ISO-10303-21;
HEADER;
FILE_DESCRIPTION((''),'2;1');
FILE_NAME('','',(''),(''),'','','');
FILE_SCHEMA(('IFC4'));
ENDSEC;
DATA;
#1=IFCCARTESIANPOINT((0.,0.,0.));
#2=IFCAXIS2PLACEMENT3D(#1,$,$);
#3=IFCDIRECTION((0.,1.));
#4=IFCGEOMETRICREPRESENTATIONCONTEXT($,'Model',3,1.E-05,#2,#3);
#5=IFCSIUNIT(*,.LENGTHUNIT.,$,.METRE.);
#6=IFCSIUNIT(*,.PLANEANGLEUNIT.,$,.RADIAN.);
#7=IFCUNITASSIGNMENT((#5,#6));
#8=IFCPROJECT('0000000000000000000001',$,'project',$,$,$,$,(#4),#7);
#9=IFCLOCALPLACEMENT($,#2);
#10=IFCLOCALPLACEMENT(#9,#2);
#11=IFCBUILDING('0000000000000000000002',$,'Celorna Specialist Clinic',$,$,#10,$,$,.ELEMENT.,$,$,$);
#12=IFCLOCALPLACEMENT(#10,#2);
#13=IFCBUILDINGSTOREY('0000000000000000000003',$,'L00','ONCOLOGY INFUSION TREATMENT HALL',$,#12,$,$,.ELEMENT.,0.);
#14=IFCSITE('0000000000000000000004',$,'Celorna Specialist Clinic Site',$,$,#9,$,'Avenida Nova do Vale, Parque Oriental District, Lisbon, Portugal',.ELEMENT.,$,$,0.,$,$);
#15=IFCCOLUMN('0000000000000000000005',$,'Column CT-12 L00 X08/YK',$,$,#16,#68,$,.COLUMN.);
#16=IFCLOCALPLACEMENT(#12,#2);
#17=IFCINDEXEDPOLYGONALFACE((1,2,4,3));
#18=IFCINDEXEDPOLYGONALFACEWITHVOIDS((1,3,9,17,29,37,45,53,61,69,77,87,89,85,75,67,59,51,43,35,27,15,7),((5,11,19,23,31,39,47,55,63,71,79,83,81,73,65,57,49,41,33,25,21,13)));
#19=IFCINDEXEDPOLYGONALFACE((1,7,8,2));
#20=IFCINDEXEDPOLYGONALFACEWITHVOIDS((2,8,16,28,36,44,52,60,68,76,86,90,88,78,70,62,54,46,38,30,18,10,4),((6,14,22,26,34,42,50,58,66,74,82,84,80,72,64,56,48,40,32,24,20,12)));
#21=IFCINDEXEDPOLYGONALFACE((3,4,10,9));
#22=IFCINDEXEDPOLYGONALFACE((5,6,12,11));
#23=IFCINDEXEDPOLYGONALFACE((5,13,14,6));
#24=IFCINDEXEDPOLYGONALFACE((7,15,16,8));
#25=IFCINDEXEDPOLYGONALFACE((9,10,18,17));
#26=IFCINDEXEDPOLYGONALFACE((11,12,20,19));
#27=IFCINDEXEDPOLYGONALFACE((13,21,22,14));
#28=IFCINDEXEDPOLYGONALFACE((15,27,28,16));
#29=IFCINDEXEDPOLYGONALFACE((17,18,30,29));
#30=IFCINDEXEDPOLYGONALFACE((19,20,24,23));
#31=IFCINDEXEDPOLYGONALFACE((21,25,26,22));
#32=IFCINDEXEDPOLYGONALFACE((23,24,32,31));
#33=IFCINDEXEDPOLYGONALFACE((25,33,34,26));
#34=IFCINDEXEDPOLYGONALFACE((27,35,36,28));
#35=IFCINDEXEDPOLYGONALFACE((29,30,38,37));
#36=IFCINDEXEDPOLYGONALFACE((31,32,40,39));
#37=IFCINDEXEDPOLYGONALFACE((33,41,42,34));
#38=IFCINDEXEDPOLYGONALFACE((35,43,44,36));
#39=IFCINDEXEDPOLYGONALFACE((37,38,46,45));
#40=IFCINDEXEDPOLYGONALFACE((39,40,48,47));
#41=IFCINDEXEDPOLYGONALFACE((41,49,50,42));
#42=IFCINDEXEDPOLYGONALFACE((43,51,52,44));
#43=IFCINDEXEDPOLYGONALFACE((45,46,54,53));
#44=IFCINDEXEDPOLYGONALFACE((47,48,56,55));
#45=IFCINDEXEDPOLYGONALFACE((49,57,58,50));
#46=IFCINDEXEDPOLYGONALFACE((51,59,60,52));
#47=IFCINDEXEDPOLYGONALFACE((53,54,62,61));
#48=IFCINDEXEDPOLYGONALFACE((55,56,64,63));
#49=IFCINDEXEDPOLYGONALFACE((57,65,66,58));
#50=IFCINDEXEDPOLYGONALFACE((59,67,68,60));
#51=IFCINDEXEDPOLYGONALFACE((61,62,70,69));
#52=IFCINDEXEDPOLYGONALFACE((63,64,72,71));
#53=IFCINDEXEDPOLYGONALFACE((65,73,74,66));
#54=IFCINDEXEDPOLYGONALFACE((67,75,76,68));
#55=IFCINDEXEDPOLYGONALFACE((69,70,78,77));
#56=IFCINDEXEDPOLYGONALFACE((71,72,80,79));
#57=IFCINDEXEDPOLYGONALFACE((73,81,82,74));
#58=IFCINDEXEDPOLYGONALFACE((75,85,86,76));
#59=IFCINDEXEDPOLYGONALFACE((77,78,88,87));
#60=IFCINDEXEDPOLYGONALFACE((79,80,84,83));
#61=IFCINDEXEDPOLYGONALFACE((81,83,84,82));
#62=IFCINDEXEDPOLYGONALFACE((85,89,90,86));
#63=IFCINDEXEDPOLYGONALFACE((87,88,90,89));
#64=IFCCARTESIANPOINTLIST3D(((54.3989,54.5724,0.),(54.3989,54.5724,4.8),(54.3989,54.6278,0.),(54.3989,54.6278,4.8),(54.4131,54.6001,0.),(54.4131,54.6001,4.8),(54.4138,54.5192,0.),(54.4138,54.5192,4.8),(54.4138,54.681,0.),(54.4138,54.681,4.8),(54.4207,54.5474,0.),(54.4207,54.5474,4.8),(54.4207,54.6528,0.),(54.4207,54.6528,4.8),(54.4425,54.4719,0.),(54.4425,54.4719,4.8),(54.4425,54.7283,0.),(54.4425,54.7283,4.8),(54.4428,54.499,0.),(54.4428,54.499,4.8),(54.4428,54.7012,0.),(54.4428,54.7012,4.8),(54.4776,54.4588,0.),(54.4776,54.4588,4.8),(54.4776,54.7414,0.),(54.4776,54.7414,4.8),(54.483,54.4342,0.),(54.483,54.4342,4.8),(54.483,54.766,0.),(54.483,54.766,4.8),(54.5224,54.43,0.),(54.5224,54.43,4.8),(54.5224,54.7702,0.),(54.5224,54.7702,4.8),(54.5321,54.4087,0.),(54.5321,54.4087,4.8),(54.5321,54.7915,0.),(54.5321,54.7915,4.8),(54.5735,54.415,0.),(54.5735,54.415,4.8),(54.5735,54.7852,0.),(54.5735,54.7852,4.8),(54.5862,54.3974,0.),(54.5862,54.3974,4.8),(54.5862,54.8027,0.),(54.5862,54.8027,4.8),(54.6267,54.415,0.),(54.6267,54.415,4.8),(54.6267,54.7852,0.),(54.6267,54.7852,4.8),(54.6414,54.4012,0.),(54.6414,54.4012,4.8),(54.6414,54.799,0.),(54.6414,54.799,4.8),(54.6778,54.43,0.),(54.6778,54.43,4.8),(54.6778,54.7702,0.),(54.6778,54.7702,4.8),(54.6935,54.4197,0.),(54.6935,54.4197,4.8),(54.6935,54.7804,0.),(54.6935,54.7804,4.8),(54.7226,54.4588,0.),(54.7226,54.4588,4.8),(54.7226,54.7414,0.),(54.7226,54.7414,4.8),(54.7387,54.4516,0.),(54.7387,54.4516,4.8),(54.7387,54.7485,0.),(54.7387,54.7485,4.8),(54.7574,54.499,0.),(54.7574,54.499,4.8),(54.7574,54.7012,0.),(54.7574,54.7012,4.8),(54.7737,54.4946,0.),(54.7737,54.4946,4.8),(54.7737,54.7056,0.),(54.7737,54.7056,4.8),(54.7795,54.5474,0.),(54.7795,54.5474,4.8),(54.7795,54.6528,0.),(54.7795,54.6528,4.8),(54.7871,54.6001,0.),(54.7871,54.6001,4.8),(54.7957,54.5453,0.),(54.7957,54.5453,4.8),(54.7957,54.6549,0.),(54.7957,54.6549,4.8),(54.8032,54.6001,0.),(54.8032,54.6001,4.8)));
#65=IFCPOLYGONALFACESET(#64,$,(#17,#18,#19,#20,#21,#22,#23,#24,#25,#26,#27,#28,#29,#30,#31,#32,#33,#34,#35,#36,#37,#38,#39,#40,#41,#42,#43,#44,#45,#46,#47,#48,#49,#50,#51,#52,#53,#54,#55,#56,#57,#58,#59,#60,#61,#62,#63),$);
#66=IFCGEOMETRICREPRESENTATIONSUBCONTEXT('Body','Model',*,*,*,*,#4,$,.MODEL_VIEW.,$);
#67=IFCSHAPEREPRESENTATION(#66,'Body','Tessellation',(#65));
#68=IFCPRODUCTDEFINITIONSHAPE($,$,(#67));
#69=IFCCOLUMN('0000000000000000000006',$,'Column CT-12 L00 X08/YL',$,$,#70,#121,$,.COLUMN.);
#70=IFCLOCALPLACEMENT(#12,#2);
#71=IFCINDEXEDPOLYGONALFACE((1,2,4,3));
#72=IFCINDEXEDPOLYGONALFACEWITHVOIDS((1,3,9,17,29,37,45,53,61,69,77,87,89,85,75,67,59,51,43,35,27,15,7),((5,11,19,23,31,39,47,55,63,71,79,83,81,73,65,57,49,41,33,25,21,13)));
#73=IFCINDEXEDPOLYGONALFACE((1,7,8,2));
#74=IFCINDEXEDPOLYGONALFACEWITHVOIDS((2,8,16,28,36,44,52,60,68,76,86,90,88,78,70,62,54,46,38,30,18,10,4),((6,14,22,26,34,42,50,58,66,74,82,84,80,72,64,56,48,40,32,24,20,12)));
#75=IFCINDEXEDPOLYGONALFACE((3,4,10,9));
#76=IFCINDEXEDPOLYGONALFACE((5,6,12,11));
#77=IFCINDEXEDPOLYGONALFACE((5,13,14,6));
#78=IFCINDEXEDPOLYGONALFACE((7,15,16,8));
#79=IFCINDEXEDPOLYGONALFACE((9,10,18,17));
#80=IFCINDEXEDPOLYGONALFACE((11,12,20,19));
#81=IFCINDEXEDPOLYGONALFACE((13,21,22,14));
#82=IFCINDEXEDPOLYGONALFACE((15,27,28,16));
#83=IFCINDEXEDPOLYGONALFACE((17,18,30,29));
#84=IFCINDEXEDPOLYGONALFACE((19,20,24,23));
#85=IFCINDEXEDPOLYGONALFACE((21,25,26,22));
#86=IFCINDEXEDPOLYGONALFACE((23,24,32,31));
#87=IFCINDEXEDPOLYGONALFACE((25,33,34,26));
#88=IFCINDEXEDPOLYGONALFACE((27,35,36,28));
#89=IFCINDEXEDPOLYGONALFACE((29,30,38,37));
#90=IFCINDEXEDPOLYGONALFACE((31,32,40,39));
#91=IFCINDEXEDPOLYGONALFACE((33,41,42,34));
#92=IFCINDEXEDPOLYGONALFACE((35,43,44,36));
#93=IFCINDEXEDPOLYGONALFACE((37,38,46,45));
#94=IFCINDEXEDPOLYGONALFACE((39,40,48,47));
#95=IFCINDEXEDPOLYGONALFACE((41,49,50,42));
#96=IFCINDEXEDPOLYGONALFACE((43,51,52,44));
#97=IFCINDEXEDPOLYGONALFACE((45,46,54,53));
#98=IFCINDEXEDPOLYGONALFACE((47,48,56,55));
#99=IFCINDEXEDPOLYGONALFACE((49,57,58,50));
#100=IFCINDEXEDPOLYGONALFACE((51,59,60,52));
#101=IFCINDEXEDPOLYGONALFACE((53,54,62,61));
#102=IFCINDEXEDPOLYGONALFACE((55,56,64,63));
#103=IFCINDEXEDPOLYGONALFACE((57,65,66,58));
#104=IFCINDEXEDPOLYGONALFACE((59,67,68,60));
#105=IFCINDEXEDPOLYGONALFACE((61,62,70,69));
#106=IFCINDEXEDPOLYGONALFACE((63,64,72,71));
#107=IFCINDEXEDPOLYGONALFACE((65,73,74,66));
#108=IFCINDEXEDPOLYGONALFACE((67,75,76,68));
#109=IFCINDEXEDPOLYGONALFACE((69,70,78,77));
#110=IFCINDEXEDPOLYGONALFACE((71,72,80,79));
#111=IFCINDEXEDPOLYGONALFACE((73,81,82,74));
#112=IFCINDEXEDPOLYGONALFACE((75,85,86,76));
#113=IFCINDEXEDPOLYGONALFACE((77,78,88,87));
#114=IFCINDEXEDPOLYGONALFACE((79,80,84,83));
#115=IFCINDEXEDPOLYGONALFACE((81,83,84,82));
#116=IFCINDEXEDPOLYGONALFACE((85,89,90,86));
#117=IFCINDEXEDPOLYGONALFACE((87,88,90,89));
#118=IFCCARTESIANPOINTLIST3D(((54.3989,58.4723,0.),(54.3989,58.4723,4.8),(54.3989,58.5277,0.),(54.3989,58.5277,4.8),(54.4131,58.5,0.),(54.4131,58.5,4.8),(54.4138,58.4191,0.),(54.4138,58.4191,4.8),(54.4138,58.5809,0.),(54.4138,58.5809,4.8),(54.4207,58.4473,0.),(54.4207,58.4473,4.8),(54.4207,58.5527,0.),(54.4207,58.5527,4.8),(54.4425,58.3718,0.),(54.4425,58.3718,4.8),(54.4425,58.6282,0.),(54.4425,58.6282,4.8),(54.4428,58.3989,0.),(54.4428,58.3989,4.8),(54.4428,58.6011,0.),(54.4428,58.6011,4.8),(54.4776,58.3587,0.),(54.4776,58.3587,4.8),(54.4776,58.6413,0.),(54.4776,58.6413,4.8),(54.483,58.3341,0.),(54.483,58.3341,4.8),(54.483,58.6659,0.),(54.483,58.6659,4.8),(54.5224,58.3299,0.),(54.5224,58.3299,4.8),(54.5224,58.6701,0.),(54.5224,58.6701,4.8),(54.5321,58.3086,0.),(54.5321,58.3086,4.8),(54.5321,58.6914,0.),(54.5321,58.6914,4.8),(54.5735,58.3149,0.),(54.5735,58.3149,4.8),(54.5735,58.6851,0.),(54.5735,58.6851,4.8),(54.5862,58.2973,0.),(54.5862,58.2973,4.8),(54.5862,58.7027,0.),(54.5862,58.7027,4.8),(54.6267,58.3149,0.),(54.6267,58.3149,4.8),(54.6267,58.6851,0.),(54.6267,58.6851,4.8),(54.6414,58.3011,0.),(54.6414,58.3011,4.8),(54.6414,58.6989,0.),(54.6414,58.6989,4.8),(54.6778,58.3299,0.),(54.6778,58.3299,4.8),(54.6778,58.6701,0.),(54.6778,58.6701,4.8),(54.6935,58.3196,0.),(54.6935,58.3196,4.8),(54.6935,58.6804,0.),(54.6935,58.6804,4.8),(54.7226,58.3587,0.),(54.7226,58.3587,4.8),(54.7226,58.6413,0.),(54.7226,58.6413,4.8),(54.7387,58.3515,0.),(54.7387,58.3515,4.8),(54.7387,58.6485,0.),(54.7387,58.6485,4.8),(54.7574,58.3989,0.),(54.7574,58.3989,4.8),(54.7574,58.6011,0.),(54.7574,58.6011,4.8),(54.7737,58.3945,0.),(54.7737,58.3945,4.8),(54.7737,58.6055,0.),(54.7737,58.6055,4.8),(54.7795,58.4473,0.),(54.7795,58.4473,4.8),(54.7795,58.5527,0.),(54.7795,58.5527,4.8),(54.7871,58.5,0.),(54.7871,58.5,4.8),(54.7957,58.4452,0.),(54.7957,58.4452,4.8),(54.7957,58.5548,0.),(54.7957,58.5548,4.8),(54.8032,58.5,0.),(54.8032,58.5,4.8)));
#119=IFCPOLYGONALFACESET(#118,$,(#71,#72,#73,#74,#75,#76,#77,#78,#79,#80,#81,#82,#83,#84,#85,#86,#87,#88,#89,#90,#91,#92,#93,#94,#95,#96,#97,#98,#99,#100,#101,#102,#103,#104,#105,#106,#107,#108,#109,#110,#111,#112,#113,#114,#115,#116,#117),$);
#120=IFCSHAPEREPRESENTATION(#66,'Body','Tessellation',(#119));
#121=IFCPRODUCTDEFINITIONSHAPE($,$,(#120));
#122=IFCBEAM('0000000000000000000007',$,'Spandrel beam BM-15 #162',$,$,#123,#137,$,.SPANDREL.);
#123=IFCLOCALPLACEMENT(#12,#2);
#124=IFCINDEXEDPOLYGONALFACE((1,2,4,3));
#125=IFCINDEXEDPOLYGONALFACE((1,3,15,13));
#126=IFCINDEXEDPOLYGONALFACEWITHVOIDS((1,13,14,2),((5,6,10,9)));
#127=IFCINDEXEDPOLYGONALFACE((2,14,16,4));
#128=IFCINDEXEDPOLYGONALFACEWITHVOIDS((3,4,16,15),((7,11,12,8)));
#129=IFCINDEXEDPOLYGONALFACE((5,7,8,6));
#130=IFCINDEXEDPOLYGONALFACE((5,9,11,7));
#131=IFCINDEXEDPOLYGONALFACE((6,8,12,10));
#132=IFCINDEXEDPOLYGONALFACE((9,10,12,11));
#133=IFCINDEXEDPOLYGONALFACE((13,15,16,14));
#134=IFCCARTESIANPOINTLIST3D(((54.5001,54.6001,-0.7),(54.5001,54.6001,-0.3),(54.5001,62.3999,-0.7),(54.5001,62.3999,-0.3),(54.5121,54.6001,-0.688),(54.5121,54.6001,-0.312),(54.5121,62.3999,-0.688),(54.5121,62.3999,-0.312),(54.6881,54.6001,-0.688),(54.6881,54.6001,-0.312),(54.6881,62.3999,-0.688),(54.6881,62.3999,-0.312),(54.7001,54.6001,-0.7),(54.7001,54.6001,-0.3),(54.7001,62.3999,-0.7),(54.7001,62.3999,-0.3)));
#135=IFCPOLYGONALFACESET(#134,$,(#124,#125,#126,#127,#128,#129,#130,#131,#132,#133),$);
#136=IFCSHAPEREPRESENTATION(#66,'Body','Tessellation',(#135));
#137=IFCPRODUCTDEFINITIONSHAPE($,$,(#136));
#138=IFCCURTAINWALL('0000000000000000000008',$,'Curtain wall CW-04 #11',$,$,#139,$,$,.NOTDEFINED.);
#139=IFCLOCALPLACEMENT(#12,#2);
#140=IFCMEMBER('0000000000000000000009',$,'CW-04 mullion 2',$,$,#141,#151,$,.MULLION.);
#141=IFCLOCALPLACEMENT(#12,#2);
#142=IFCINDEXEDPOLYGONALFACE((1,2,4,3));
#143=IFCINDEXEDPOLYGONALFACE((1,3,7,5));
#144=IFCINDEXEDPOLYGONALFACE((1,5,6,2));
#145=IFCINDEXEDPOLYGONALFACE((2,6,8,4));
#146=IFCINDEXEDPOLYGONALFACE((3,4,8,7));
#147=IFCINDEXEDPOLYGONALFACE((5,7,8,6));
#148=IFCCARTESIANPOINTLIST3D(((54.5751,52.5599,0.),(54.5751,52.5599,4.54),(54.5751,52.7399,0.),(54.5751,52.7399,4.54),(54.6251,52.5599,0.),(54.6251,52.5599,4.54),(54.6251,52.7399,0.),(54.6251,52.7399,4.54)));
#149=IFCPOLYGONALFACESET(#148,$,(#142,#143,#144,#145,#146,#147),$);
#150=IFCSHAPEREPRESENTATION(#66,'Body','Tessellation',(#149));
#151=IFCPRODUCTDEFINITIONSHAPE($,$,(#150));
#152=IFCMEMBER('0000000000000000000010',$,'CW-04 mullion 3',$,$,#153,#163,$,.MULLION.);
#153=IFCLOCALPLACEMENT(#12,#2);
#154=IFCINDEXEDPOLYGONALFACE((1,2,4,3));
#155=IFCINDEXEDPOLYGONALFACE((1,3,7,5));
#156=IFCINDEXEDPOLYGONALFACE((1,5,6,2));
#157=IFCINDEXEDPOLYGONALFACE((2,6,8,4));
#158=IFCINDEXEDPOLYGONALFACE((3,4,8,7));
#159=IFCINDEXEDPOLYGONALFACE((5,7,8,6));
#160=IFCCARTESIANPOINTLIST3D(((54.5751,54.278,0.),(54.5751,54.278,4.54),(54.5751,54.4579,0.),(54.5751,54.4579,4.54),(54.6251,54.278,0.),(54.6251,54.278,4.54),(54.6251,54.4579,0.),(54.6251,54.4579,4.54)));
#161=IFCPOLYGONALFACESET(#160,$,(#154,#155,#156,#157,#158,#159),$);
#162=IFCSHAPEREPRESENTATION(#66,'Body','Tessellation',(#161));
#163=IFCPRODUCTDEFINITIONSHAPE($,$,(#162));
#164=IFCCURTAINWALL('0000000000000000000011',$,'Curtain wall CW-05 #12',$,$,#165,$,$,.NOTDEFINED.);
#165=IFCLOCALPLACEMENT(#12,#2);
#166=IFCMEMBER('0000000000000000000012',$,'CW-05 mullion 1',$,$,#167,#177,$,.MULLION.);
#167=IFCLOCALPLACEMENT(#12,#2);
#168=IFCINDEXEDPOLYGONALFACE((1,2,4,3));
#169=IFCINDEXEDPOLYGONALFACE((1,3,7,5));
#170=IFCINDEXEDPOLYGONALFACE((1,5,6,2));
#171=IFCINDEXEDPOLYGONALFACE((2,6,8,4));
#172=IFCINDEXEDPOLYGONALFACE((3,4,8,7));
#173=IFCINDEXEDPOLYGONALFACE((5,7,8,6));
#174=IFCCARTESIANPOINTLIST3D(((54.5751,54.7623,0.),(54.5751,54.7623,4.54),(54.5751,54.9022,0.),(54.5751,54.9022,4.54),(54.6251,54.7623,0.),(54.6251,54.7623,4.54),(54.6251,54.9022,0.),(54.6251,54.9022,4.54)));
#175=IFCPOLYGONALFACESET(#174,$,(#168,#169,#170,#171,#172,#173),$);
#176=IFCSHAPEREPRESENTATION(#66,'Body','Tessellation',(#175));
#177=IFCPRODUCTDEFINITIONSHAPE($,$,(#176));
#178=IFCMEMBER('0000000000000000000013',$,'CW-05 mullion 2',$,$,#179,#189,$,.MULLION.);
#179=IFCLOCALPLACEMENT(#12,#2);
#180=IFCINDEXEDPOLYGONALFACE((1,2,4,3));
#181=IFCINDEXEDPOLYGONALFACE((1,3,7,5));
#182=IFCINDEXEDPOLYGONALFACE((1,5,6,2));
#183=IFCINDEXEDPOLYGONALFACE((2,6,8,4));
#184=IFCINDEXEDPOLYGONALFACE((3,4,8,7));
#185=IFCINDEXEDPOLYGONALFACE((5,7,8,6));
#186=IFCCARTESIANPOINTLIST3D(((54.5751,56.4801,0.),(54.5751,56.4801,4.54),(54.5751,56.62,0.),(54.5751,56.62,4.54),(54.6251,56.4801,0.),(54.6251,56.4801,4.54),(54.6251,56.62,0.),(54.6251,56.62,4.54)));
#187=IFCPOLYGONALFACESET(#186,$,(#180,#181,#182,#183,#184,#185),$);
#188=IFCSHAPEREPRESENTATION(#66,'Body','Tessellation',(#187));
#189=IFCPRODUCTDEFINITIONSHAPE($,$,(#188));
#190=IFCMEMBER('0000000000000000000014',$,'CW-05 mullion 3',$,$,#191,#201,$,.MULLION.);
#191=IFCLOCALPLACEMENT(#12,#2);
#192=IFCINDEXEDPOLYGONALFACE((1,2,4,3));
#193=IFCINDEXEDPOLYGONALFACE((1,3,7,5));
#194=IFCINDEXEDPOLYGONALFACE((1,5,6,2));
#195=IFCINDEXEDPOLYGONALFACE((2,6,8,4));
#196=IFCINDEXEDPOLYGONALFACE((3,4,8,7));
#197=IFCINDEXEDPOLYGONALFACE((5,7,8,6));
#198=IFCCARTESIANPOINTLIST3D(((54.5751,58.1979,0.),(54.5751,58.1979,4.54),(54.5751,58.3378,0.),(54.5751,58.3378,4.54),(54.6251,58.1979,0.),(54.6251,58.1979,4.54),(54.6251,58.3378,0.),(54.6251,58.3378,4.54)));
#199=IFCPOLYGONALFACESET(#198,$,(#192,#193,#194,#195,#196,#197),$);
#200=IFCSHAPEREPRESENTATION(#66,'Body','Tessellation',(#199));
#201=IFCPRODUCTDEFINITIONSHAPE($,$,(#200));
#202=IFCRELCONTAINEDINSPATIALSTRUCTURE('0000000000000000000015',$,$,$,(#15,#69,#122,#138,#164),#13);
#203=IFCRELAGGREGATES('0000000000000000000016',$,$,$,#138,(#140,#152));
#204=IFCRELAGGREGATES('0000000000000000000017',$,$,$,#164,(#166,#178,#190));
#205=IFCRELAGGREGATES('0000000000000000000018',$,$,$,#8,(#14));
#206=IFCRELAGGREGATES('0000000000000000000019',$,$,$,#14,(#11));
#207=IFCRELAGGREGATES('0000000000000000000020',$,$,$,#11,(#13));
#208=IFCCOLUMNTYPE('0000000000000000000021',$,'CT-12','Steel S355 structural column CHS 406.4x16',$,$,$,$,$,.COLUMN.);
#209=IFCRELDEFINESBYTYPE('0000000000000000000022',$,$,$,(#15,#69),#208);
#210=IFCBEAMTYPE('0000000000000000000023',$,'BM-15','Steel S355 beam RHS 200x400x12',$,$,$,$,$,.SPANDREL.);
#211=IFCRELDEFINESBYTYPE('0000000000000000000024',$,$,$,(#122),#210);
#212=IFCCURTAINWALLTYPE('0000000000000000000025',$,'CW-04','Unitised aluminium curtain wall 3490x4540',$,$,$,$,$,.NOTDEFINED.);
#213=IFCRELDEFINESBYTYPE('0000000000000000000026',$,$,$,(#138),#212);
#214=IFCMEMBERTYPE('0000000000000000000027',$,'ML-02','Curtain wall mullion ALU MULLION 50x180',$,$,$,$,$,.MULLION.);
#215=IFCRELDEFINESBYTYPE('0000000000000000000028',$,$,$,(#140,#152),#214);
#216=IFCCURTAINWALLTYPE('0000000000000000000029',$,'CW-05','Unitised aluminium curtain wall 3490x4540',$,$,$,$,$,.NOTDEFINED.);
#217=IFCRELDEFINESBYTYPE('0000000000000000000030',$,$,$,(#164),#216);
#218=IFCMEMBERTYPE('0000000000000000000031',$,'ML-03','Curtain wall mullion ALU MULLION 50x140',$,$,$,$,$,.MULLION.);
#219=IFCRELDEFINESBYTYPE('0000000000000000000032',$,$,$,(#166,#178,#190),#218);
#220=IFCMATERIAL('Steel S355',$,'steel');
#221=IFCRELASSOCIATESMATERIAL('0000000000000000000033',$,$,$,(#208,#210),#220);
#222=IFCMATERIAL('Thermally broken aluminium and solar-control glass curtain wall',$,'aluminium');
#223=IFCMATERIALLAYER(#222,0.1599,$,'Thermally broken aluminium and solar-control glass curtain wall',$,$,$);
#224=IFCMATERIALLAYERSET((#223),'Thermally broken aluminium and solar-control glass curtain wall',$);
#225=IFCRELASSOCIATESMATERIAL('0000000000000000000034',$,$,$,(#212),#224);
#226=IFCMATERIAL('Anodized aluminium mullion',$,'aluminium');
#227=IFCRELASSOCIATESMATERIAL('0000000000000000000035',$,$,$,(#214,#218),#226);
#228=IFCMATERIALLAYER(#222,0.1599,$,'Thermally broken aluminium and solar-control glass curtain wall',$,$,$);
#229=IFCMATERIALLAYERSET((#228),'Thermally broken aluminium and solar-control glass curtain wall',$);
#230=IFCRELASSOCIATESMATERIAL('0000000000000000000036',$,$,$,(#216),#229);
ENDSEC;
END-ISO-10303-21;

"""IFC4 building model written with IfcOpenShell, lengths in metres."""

from ifc_helpers import new_model, si_unit, direction, frame, origin, origin_2d, place, context, subcontext, project, spatial, rectangle, hollow_rectangle, hollow_circle, extrude, material, layer, layer_set, material_profile, profile_set, type_object, element, aggregate, save


model = new_model("IFC4")

# Units and contexts
model_context = context("Model", 3, precision=1e-05, world=origin(), true_north=direction((0.0, 1.0)))
body_context = subcontext(model_context, "Body", "Model", "MODEL_VIEW")
ifc_project = project(units=[si_unit("LENGTHUNIT", "METRE"), si_unit("PLANEANGLEUNIT", "RADIAN")], contexts=[model_context])

# Site, building, storey
site_placement = place(None, origin())
site = spatial("IfcSite", under=ifc_project, at=site_placement, Name="Celorna Specialist Clinic Site", LongName="Avenida Nova do Vale, Parque Oriental District, Lisbon, Portugal", CompositionType="ELEMENT", RefElevation=0.0)
building_placement = place(site_placement, origin())
building = spatial("IfcBuilding", under=site, at=building_placement, Name="Celorna Specialist Clinic", CompositionType="ELEMENT")
storey_placement = place(building_placement, origin())
storey = spatial("IfcBuildingStorey", under=building, at=storey_placement, Name="L00", Description="ONCOLOGY INFUSION TREATMENT HALL", CompositionType="ELEMENT", Elevation=0.0)

# Columns
ifc_material_1 = material(Name="Steel S355", Category="steel")
ifc_material_profile_1 = material_profile(ifc_material_1, hollow_circle(Radius=0.2031, WallThickness=0.0161, at=origin_2d()), Name="CHS 406.4x16")
ifc_profile_set_1 = profile_set([ifc_material_profile_1], Name="Steel S355")
column_type = type_object("IfcColumnType", Name="CT-12", Description="Steel S355 structural column CHS 406.4x16", PredefinedType="COLUMN", material=ifc_profile_set_1)
for number, where, z_axis, x_axis, name in (
    (1, (54.6001, 54.6001, 0.0), (0.0, 0.0, 1.0), (1.0, 0.0, 0.0), "Column CT-12 L00 X08/YK"),
    (2, (54.6001, 58.5, 0.0), (0.0, 0.0, 1.0), (1.0, 0.0, 0.0), "Column CT-12 L00 X08/YL"),
):
    element("IfcColumn", number, at=place(storey_placement, frame(where, z_axis=z_axis, x_axis=x_axis)), inside=storey, type_object=column_type, Name=name, PredefinedType="COLUMN", context=body_context, shape_type="SweptSolid", body=[
        extrude(hollow_circle(Radius=0.2031, WallThickness=0.0161, at=origin_2d()), origin(), (0.0, 0.0, 1.0), 4.8),
    ])

# Beam
ifc_material_profile_2 = material_profile(ifc_material_1, hollow_rectangle(XDim=0.2, YDim=0.3999, WallThickness=0.012, at=origin_2d()), Name="RHS 200x400x12")
ifc_profile_set_2 = profile_set([ifc_material_profile_2], Name="Steel S355")
beam_type = type_object("IfcBeamType", Name="BM-15", Description="Steel S355 beam RHS 200x400x12", PredefinedType="SPANDREL", material=ifc_profile_set_2)
beam_placement = place(storey_placement, frame((54.6001, 54.6001, -0.5), z_axis=(0.0, 1.0, 0.0), x_axis=(-1.0, 0.0, 0.0)))
element("IfcBeam", 3, at=beam_placement, inside=storey, type_object=beam_type, Name="Spandrel beam BM-15 #162", PredefinedType="SPANDREL", context=body_context, shape_type="SweptSolid", body=[
    extrude(hollow_rectangle(XDim=0.2, YDim=0.3999, WallThickness=0.012, at=origin_2d()), origin(), (0.0, 0.0, 1.0), 7.7998),
])

# Curtain walls, members
ifc_material_2 = material(Name="Thermally broken aluminium and solar-control glass curtain wall", Category="aluminium")
ifc_layer_1 = layer(ifc_material_2, 0.1599, Name="Thermally broken aluminium and solar-control glass curtain wall")
ifc_layer_set_1 = layer_set([ifc_layer_1], Name="Thermally broken aluminium and solar-control glass curtain wall")
curtain_wall_type_1 = type_object("IfcCurtainWallType", Name="CW-04", Description="Unitised aluminium curtain wall 3490x4540", PredefinedType="NOTDEFINED", material=ifc_layer_set_1)
curtain_wall_1_placement = place(storey_placement, origin())
curtain_wall_1 = element("IfcCurtainWall", 4, at=curtain_wall_1_placement, inside=storey, type_object=curtain_wall_type_1, Name="Curtain wall CW-04 #11", PredefinedType="NOTDEFINED")
ifc_material_3 = material(Name="Anodized aluminium mullion", Category="aluminium")
ifc_material_profile_3 = material_profile(ifc_material_3, rectangle(XDim=0.05, YDim=0.1799, at=origin_2d()), Name="ALU MULLION 50x180")
ifc_profile_set_3 = profile_set([ifc_material_profile_3], Name="Anodized aluminium mullion")
member_type_1 = type_object("IfcMemberType", Name="ML-02", Description="Curtain wall mullion ALU MULLION 50x180", PredefinedType="MULLION", material=ifc_profile_set_3)
member_1_placement = place(storey_placement, frame((54.6001, 52.6499, 0.0), z_axis=(0.0, 0.0, 1.0), x_axis=(-1.0, 0.0, 0.0)))
member_1 = element("IfcMember", 5, at=member_1_placement, type_object=member_type_1, Name="CW-04 mullion 2", PredefinedType="MULLION", context=body_context, shape_type="SweptSolid", body=[
    extrude(rectangle(XDim=0.05, YDim=0.1799, at=origin_2d()), origin(), (0.0, 0.0, 1.0), 4.54),
])
member_2_placement = place(storey_placement, frame((54.6001, 54.3679, 0.0), z_axis=(0.0, 0.0, 1.0), x_axis=(-1.0, 0.0, 0.0)))
member_2 = element("IfcMember", 6, at=member_2_placement, type_object=member_type_1, Name="CW-04 mullion 3", PredefinedType="MULLION", context=body_context, shape_type="SweptSolid", body=[
    extrude(rectangle(XDim=0.05, YDim=0.1799, at=origin_2d()), origin(), (0.0, 0.0, 1.0), 4.54),
])
ifc_layer_2 = layer(ifc_material_2, 0.1599, Name="Thermally broken aluminium and solar-control glass curtain wall")
ifc_layer_set_2 = layer_set([ifc_layer_2], Name="Thermally broken aluminium and solar-control glass curtain wall")
curtain_wall_type_2 = type_object("IfcCurtainWallType", Name="CW-05", Description="Unitised aluminium curtain wall 3490x4540", PredefinedType="NOTDEFINED", material=ifc_layer_set_2)
curtain_wall_2_placement = place(storey_placement, origin())
curtain_wall_2 = element("IfcCurtainWall", 7, at=curtain_wall_2_placement, inside=storey, type_object=curtain_wall_type_2, Name="Curtain wall CW-05 #12", PredefinedType="NOTDEFINED")
ifc_material_profile_4 = material_profile(ifc_material_3, rectangle(XDim=0.05, YDim=0.1399, at=origin_2d()), Name="ALU MULLION 50x140")
ifc_profile_set_4 = profile_set([ifc_material_profile_4], Name="Anodized aluminium mullion")
member_type_2 = type_object("IfcMemberType", Name="ML-03", Description="Curtain wall mullion ALU MULLION 50x140", PredefinedType="MULLION", material=ifc_profile_set_4)
member_3_placement = place(storey_placement, frame((54.6001, 54.8323, 0.0), z_axis=(0.0, 0.0, 1.0), x_axis=(-1.0, 0.0, 0.0)))
member_3 = element("IfcMember", 8, at=member_3_placement, type_object=member_type_2, Name="CW-05 mullion 1", PredefinedType="MULLION", context=body_context, shape_type="SweptSolid", body=[
    extrude(rectangle(XDim=0.05, YDim=0.1399, at=origin_2d()), origin(), (0.0, 0.0, 1.0), 4.54),
])
member_4_placement = place(storey_placement, frame((54.6001, 56.55, 0.0), z_axis=(0.0, 0.0, 1.0), x_axis=(-1.0, 0.0, 0.0)))
member_4 = element("IfcMember", 9, at=member_4_placement, type_object=member_type_2, Name="CW-05 mullion 2", PredefinedType="MULLION", context=body_context, shape_type="SweptSolid", body=[
    extrude(rectangle(XDim=0.05, YDim=0.1399, at=origin_2d()), origin(), (0.0, 0.0, 1.0), 4.54),
])
member_5_placement = place(storey_placement, frame((54.6001, 58.2678, 0.0), z_axis=(0.0, 0.0, 1.0), x_axis=(-1.0, 0.0, 0.0)))
member_5 = element("IfcMember", 10, at=member_5_placement, type_object=member_type_2, Name="CW-05 mullion 3", PredefinedType="MULLION", context=body_context, shape_type="SweptSolid", body=[
    extrude(rectangle(XDim=0.05, YDim=0.1399, at=origin_2d()), origin(), (0.0, 0.0, 1.0), 4.54),
])

aggregate(curtain_wall_1, [member_1, member_2])
aggregate(curtain_wall_2, [member_3, member_4, member_5])

save(model, "model.ifc")
